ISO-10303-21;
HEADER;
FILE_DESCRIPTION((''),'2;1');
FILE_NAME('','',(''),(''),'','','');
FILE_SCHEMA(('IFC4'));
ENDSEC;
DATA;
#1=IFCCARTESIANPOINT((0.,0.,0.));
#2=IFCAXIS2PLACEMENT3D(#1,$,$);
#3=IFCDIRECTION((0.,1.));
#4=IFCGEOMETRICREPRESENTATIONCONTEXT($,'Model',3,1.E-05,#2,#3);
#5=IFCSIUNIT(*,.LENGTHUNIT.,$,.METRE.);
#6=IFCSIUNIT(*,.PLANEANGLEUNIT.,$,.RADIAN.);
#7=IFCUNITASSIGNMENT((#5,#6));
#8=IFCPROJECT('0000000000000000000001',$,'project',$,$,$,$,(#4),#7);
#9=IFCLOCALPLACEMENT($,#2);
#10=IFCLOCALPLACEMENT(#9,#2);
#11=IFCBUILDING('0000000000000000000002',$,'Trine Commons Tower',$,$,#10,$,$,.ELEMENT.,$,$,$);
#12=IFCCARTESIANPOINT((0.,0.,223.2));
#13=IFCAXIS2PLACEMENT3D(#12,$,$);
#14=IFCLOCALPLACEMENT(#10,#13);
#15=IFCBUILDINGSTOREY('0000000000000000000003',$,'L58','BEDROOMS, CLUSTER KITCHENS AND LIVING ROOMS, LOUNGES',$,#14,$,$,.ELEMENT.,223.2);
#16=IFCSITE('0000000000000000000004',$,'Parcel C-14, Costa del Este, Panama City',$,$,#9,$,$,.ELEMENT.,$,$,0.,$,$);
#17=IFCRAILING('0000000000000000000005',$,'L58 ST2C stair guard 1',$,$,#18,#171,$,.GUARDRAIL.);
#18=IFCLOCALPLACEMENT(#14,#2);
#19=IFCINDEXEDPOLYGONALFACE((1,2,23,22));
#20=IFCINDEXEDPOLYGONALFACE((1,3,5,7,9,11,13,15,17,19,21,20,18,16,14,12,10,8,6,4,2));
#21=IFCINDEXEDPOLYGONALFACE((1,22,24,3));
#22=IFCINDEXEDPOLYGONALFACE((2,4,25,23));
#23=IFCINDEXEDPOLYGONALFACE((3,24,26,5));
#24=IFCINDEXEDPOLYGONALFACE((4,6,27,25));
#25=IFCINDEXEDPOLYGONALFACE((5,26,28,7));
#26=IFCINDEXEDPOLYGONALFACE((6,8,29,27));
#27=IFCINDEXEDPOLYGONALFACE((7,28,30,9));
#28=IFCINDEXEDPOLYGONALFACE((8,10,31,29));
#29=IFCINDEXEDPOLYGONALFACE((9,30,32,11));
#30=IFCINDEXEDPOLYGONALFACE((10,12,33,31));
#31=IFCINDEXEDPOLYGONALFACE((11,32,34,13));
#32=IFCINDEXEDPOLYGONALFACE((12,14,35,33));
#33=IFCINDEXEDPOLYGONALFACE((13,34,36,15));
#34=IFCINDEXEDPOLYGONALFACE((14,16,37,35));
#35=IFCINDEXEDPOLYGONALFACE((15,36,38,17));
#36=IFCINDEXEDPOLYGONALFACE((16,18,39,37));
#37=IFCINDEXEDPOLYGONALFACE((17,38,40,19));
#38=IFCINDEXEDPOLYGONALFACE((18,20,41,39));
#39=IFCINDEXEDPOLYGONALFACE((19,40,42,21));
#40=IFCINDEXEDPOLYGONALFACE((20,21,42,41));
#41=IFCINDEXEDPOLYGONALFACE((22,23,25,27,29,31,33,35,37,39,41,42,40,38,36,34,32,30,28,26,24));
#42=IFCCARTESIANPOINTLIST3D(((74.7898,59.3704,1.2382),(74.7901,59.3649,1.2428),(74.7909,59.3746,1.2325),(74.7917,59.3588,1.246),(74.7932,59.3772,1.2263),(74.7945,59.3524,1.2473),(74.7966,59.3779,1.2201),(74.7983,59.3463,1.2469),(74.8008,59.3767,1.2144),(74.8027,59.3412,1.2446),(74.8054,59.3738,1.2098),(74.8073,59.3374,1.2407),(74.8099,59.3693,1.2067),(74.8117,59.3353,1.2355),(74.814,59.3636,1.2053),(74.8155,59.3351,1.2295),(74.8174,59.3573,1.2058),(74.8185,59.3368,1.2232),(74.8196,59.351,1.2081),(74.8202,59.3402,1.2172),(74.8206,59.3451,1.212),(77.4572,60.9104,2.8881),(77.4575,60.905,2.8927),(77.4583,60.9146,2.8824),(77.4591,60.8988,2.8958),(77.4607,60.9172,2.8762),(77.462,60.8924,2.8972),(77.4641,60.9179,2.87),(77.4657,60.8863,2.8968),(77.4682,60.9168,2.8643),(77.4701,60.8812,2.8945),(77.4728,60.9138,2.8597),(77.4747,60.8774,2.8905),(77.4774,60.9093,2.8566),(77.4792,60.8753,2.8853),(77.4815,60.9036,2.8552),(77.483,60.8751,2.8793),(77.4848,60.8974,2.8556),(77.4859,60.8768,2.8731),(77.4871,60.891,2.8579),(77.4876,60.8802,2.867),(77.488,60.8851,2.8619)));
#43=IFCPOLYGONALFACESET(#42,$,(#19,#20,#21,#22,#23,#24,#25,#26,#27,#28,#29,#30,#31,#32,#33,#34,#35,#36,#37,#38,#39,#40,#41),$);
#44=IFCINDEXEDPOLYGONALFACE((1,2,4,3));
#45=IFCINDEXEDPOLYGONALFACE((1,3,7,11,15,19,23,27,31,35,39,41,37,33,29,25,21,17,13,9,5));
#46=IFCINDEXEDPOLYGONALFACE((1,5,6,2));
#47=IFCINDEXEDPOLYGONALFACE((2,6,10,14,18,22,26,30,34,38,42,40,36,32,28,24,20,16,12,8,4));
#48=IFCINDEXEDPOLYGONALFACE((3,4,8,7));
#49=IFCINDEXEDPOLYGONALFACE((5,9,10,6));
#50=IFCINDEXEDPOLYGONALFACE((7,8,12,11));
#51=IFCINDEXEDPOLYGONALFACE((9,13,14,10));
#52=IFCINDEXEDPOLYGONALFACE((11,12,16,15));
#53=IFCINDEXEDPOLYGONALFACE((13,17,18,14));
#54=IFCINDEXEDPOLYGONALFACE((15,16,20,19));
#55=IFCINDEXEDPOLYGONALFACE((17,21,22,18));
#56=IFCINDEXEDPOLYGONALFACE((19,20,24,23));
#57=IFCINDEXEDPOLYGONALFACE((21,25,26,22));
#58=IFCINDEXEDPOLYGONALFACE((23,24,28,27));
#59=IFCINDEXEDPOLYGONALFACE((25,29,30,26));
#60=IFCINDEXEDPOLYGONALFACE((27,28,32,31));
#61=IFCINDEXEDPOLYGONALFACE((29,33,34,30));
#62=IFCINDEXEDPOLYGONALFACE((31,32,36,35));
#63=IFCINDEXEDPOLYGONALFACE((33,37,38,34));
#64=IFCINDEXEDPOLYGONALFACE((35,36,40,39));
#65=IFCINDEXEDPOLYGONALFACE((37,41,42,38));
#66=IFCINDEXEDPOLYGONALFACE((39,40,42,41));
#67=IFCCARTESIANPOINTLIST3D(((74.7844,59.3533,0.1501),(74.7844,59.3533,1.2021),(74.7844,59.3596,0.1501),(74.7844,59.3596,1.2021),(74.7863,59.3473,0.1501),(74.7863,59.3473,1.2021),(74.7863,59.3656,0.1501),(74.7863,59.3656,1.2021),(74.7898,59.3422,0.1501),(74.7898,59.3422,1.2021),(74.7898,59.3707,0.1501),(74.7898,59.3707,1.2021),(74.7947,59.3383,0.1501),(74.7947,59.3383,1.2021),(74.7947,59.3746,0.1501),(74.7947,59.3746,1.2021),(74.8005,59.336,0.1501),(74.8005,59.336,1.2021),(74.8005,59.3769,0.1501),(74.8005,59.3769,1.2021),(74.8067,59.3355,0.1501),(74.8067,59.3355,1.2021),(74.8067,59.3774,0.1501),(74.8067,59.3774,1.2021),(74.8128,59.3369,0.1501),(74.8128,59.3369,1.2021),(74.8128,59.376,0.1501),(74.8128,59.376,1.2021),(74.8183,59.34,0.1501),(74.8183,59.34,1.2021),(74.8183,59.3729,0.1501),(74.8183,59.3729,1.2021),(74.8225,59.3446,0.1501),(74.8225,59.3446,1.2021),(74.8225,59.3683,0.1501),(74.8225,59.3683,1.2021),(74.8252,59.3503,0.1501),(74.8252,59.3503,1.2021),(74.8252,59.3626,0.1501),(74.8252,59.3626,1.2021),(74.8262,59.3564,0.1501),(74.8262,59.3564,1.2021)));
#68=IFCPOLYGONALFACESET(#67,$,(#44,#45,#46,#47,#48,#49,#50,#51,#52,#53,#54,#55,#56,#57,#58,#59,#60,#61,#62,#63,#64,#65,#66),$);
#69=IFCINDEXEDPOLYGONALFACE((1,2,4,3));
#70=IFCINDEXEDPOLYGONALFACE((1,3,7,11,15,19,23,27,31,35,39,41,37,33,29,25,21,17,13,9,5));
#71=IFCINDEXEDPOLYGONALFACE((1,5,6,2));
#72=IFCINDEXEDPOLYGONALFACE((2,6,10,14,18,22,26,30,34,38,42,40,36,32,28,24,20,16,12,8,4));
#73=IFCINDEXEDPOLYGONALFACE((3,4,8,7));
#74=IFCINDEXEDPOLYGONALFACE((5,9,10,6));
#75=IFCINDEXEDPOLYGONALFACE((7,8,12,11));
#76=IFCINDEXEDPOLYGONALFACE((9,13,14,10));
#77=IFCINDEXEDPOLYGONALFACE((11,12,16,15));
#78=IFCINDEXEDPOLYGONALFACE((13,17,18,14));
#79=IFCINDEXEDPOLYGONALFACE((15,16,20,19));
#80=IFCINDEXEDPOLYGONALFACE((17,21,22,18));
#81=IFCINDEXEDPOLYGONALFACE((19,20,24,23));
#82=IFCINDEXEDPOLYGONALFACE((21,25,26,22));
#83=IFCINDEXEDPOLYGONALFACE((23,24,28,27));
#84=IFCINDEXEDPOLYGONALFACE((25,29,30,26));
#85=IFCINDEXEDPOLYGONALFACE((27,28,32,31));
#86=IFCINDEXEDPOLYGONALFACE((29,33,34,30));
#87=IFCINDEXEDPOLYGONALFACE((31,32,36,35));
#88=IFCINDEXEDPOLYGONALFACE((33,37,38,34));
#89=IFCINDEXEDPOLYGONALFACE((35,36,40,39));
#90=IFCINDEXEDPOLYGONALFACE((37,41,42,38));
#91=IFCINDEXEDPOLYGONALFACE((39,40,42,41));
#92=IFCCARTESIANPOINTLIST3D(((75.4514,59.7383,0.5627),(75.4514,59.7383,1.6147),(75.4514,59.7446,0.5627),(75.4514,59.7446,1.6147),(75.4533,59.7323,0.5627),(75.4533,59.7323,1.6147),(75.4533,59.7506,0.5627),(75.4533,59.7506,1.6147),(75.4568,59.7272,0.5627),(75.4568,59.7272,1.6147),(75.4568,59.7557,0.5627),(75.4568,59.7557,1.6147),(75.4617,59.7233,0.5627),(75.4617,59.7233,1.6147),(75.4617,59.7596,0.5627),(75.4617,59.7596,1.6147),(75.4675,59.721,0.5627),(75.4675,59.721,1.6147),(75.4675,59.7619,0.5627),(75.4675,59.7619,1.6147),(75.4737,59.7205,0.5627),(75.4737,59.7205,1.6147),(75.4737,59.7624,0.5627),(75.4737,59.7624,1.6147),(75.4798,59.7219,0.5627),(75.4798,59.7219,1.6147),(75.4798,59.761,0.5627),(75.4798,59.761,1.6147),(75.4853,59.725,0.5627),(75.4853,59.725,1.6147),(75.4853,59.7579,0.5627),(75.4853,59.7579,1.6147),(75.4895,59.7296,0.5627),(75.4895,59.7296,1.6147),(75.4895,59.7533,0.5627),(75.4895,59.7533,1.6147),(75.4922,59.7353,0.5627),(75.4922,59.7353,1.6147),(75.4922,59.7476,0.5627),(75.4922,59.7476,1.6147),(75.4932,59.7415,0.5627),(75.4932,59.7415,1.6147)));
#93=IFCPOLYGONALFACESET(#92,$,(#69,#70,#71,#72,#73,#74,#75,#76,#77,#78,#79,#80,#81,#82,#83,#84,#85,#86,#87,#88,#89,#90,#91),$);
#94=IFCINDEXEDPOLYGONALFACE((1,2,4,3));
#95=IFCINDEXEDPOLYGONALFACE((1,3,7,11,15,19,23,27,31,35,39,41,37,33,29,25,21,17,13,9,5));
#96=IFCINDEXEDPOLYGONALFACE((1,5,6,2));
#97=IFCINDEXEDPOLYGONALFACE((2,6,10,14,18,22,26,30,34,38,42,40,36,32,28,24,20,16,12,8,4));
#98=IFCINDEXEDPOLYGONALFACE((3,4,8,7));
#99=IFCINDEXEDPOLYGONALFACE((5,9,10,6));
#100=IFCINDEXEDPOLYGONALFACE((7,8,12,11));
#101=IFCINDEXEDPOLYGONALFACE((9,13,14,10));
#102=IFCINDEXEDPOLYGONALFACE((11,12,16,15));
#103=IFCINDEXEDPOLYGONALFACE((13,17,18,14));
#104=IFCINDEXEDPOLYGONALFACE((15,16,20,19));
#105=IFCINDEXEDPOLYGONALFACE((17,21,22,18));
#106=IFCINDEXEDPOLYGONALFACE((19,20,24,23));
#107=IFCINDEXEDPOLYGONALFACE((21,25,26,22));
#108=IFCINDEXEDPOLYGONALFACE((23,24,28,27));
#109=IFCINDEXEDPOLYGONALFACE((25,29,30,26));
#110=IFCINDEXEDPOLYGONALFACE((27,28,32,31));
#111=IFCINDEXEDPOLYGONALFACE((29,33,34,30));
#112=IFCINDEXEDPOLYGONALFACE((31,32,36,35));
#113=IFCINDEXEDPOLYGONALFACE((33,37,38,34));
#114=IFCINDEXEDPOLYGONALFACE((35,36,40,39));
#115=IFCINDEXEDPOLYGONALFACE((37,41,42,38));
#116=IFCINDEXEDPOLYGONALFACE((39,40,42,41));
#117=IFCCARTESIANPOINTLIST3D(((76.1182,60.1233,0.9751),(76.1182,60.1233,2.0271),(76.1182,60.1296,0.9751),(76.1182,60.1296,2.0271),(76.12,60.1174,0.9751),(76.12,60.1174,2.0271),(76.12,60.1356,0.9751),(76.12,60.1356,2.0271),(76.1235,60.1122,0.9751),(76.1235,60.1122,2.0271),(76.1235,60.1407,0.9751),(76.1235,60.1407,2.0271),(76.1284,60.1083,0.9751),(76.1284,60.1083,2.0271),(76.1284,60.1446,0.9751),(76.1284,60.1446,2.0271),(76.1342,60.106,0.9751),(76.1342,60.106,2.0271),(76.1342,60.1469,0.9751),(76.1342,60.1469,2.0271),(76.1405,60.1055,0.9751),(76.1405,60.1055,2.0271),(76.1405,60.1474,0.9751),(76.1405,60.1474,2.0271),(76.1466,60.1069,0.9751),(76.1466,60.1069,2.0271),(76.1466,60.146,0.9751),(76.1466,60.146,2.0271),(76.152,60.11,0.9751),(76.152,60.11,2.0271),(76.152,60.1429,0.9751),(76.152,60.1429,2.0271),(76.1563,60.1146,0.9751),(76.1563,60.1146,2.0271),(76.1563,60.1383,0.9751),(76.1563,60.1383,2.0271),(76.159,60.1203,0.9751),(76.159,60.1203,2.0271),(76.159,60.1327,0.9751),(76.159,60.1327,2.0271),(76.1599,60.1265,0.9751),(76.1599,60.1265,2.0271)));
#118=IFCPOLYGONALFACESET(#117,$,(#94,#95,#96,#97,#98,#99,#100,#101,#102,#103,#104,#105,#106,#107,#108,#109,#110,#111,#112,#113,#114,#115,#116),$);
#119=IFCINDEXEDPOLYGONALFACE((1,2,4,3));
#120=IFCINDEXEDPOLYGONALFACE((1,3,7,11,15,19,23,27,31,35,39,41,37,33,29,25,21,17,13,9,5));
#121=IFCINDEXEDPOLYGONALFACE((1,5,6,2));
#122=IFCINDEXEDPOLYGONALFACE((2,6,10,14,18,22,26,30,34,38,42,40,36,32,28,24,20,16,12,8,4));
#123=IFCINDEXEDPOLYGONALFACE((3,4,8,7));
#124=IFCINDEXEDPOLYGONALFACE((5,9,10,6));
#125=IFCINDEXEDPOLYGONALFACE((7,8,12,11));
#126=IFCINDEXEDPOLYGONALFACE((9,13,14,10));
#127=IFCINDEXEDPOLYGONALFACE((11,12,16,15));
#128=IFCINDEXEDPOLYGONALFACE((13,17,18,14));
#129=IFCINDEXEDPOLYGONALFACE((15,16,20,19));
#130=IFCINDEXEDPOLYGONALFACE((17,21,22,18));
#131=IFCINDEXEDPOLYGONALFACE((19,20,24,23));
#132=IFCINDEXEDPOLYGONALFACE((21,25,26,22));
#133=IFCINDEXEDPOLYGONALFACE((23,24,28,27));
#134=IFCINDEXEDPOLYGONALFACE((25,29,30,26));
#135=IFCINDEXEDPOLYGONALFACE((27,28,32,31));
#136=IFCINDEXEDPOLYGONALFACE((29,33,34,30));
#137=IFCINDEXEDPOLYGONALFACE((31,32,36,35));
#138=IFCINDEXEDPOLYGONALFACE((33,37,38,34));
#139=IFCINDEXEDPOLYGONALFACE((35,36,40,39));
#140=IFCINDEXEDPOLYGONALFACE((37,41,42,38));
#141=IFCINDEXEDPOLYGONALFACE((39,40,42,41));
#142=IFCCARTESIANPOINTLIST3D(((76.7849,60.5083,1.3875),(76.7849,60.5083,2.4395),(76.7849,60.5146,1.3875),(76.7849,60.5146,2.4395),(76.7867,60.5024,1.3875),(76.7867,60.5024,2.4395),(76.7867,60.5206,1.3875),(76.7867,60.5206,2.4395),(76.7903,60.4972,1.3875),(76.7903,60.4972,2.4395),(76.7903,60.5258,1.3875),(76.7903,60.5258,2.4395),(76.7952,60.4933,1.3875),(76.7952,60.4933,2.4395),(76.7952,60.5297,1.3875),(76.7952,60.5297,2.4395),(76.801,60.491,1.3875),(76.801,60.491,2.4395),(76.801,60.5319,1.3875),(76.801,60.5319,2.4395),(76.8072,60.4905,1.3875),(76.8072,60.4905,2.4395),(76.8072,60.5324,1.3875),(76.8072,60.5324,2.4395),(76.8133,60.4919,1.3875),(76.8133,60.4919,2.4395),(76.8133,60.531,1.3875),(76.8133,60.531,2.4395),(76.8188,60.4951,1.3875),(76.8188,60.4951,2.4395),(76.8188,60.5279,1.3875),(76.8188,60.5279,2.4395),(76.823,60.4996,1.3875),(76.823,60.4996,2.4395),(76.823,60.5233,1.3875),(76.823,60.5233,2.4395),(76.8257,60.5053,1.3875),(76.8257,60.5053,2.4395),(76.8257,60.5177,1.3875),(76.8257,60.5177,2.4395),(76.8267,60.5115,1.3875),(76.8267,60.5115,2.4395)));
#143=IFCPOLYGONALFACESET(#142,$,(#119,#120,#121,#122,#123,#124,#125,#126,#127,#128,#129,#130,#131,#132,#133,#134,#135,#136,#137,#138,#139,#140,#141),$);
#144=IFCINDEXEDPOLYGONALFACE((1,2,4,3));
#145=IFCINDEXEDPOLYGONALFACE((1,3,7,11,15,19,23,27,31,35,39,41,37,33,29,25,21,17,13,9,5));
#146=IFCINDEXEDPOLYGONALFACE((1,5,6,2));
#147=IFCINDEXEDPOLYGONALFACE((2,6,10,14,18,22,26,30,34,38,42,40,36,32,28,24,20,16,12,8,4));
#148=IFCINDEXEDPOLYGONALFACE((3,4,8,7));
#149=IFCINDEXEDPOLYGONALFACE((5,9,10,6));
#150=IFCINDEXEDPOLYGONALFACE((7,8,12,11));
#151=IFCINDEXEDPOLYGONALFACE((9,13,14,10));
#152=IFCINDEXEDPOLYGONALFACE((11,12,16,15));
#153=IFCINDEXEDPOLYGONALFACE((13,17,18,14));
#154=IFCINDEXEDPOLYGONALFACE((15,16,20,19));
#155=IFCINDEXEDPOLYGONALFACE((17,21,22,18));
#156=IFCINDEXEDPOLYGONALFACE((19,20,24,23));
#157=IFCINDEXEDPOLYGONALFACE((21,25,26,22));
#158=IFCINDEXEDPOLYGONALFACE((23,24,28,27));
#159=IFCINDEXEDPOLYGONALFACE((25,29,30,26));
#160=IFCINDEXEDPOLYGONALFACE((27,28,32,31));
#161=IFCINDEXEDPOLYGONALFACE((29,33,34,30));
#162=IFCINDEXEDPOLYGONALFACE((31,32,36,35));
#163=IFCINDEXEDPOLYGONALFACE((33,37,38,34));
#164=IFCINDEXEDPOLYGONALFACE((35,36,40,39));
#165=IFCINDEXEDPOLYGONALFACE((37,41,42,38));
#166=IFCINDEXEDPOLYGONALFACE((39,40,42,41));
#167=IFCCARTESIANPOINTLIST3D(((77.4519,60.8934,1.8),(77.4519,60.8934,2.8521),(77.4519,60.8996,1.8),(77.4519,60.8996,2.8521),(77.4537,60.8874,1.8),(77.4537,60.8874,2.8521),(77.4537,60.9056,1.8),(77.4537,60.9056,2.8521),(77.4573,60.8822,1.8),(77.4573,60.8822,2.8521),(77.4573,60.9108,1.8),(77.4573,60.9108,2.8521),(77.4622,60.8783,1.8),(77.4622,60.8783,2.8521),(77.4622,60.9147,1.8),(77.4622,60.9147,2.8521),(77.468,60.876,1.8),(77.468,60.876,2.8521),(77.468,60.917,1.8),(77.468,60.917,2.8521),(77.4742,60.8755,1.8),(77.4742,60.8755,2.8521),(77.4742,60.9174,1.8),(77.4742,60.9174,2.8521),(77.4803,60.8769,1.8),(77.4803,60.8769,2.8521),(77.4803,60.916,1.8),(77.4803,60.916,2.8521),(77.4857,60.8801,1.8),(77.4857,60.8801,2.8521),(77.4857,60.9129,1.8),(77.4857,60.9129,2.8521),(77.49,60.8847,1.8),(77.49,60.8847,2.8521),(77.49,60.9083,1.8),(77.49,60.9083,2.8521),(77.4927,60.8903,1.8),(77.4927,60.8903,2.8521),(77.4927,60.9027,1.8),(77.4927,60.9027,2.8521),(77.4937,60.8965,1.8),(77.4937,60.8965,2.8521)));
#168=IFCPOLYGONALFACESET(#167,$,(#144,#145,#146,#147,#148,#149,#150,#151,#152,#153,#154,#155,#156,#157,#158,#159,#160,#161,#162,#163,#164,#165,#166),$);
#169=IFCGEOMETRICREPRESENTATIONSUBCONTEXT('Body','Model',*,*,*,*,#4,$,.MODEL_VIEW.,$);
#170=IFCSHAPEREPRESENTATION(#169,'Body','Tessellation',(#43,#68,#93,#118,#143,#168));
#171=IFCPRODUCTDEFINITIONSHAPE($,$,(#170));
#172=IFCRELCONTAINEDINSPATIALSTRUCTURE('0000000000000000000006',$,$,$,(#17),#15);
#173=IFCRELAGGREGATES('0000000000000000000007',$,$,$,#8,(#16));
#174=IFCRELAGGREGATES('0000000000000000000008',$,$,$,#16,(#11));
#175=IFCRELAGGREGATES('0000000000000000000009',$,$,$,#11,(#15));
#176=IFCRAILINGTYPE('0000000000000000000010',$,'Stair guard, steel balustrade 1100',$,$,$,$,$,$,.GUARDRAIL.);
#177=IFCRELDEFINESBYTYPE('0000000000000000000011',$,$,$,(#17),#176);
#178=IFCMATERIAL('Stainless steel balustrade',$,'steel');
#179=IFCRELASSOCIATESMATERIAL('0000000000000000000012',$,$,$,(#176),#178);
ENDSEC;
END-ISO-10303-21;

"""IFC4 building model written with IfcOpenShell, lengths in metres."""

from ifc_helpers import new_model, si_unit, direction, frame, origin, origin_2d, place, context, subcontext, project, spatial, circle, extrude, material, type_object, element, save


model = new_model("IFC4")

# Units and contexts
model_context = context("Model", 3, precision=1e-05, world=origin(), true_north=direction((0.0, 1.0)))
body_context = subcontext(model_context, "Body", "Model", "MODEL_VIEW")
ifc_project = project(units=[si_unit("LENGTHUNIT", "METRE"), si_unit("PLANEANGLEUNIT", "RADIAN")], contexts=[model_context])

# Site, building, storey
site_placement = place(None, origin())
site = spatial("IfcSite", under=ifc_project, at=site_placement, Name="Parcel C-14, Costa del Este, Panama City", CompositionType="ELEMENT", RefElevation=0.0)
building_placement = place(site_placement, origin())
building = spatial("IfcBuilding", under=site, at=building_placement, Name="Trine Commons Tower", CompositionType="ELEMENT")
storey_placement = place(building_placement, frame((0.0, 0.0, 223.2)))
storey = spatial("IfcBuildingStorey", under=building, at=storey_placement, Name="L58", Description="BEDROOMS, CLUSTER KITCHENS AND LIVING ROOMS, LOUNGES", CompositionType="ELEMENT", Elevation=223.2)

# Railing
ifc_material_1 = material(Name="Stainless steel balustrade", Category="steel")
railing_type_1 = type_object("IfcRailingType", Name="Stair guard, steel balustrade 1100", PredefinedType="GUARDRAIL", material=ifc_material_1)
railing_1_placement = place(storey_placement, frame((74.8052, 59.3564, 0.1501)))
element("IfcRailing", 1, at=railing_1_placement, inside=storey, type_object=railing_type_1, Name="L58 ST2C stair guard 1", PredefinedType="GUARDRAIL", context=body_context, shape_type="SweptSolid", body=[
    extrude(circle(Radius=0.0239, at=origin_2d()), frame((0.0, 0.0, 1.0762), z_axis=(0.763405, 0.440743, 0.472185), x_axis=(-0.499992, 0.86603, 0.0)), (0.0, 0.0, 1.0), 3.4941),
    extrude(circle(Radius=0.021, at=origin_2d()), origin(), (0.0, 0.0, 1.0), 1.052),
    extrude(circle(Radius=0.021, at=origin_2d()), frame((0.667, 0.385, 0.4126)), (0.0, 0.0, 1.0), 1.052),
    extrude(circle(Radius=0.021, at=origin_2d()), frame((1.3337, 0.77, 0.825)), (0.0, 0.0, 1.0), 1.052),
    extrude(circle(Radius=0.021, at=origin_2d()), frame((2.0005, 1.155, 1.2373)), (0.0, 0.0, 1.0), 1.052),
    extrude(circle(Radius=0.021, at=origin_2d()), frame((2.6675, 1.54, 1.6499)), (0.0, 0.0, 1.0), 1.052),
])

save(model, "model.ifc")
